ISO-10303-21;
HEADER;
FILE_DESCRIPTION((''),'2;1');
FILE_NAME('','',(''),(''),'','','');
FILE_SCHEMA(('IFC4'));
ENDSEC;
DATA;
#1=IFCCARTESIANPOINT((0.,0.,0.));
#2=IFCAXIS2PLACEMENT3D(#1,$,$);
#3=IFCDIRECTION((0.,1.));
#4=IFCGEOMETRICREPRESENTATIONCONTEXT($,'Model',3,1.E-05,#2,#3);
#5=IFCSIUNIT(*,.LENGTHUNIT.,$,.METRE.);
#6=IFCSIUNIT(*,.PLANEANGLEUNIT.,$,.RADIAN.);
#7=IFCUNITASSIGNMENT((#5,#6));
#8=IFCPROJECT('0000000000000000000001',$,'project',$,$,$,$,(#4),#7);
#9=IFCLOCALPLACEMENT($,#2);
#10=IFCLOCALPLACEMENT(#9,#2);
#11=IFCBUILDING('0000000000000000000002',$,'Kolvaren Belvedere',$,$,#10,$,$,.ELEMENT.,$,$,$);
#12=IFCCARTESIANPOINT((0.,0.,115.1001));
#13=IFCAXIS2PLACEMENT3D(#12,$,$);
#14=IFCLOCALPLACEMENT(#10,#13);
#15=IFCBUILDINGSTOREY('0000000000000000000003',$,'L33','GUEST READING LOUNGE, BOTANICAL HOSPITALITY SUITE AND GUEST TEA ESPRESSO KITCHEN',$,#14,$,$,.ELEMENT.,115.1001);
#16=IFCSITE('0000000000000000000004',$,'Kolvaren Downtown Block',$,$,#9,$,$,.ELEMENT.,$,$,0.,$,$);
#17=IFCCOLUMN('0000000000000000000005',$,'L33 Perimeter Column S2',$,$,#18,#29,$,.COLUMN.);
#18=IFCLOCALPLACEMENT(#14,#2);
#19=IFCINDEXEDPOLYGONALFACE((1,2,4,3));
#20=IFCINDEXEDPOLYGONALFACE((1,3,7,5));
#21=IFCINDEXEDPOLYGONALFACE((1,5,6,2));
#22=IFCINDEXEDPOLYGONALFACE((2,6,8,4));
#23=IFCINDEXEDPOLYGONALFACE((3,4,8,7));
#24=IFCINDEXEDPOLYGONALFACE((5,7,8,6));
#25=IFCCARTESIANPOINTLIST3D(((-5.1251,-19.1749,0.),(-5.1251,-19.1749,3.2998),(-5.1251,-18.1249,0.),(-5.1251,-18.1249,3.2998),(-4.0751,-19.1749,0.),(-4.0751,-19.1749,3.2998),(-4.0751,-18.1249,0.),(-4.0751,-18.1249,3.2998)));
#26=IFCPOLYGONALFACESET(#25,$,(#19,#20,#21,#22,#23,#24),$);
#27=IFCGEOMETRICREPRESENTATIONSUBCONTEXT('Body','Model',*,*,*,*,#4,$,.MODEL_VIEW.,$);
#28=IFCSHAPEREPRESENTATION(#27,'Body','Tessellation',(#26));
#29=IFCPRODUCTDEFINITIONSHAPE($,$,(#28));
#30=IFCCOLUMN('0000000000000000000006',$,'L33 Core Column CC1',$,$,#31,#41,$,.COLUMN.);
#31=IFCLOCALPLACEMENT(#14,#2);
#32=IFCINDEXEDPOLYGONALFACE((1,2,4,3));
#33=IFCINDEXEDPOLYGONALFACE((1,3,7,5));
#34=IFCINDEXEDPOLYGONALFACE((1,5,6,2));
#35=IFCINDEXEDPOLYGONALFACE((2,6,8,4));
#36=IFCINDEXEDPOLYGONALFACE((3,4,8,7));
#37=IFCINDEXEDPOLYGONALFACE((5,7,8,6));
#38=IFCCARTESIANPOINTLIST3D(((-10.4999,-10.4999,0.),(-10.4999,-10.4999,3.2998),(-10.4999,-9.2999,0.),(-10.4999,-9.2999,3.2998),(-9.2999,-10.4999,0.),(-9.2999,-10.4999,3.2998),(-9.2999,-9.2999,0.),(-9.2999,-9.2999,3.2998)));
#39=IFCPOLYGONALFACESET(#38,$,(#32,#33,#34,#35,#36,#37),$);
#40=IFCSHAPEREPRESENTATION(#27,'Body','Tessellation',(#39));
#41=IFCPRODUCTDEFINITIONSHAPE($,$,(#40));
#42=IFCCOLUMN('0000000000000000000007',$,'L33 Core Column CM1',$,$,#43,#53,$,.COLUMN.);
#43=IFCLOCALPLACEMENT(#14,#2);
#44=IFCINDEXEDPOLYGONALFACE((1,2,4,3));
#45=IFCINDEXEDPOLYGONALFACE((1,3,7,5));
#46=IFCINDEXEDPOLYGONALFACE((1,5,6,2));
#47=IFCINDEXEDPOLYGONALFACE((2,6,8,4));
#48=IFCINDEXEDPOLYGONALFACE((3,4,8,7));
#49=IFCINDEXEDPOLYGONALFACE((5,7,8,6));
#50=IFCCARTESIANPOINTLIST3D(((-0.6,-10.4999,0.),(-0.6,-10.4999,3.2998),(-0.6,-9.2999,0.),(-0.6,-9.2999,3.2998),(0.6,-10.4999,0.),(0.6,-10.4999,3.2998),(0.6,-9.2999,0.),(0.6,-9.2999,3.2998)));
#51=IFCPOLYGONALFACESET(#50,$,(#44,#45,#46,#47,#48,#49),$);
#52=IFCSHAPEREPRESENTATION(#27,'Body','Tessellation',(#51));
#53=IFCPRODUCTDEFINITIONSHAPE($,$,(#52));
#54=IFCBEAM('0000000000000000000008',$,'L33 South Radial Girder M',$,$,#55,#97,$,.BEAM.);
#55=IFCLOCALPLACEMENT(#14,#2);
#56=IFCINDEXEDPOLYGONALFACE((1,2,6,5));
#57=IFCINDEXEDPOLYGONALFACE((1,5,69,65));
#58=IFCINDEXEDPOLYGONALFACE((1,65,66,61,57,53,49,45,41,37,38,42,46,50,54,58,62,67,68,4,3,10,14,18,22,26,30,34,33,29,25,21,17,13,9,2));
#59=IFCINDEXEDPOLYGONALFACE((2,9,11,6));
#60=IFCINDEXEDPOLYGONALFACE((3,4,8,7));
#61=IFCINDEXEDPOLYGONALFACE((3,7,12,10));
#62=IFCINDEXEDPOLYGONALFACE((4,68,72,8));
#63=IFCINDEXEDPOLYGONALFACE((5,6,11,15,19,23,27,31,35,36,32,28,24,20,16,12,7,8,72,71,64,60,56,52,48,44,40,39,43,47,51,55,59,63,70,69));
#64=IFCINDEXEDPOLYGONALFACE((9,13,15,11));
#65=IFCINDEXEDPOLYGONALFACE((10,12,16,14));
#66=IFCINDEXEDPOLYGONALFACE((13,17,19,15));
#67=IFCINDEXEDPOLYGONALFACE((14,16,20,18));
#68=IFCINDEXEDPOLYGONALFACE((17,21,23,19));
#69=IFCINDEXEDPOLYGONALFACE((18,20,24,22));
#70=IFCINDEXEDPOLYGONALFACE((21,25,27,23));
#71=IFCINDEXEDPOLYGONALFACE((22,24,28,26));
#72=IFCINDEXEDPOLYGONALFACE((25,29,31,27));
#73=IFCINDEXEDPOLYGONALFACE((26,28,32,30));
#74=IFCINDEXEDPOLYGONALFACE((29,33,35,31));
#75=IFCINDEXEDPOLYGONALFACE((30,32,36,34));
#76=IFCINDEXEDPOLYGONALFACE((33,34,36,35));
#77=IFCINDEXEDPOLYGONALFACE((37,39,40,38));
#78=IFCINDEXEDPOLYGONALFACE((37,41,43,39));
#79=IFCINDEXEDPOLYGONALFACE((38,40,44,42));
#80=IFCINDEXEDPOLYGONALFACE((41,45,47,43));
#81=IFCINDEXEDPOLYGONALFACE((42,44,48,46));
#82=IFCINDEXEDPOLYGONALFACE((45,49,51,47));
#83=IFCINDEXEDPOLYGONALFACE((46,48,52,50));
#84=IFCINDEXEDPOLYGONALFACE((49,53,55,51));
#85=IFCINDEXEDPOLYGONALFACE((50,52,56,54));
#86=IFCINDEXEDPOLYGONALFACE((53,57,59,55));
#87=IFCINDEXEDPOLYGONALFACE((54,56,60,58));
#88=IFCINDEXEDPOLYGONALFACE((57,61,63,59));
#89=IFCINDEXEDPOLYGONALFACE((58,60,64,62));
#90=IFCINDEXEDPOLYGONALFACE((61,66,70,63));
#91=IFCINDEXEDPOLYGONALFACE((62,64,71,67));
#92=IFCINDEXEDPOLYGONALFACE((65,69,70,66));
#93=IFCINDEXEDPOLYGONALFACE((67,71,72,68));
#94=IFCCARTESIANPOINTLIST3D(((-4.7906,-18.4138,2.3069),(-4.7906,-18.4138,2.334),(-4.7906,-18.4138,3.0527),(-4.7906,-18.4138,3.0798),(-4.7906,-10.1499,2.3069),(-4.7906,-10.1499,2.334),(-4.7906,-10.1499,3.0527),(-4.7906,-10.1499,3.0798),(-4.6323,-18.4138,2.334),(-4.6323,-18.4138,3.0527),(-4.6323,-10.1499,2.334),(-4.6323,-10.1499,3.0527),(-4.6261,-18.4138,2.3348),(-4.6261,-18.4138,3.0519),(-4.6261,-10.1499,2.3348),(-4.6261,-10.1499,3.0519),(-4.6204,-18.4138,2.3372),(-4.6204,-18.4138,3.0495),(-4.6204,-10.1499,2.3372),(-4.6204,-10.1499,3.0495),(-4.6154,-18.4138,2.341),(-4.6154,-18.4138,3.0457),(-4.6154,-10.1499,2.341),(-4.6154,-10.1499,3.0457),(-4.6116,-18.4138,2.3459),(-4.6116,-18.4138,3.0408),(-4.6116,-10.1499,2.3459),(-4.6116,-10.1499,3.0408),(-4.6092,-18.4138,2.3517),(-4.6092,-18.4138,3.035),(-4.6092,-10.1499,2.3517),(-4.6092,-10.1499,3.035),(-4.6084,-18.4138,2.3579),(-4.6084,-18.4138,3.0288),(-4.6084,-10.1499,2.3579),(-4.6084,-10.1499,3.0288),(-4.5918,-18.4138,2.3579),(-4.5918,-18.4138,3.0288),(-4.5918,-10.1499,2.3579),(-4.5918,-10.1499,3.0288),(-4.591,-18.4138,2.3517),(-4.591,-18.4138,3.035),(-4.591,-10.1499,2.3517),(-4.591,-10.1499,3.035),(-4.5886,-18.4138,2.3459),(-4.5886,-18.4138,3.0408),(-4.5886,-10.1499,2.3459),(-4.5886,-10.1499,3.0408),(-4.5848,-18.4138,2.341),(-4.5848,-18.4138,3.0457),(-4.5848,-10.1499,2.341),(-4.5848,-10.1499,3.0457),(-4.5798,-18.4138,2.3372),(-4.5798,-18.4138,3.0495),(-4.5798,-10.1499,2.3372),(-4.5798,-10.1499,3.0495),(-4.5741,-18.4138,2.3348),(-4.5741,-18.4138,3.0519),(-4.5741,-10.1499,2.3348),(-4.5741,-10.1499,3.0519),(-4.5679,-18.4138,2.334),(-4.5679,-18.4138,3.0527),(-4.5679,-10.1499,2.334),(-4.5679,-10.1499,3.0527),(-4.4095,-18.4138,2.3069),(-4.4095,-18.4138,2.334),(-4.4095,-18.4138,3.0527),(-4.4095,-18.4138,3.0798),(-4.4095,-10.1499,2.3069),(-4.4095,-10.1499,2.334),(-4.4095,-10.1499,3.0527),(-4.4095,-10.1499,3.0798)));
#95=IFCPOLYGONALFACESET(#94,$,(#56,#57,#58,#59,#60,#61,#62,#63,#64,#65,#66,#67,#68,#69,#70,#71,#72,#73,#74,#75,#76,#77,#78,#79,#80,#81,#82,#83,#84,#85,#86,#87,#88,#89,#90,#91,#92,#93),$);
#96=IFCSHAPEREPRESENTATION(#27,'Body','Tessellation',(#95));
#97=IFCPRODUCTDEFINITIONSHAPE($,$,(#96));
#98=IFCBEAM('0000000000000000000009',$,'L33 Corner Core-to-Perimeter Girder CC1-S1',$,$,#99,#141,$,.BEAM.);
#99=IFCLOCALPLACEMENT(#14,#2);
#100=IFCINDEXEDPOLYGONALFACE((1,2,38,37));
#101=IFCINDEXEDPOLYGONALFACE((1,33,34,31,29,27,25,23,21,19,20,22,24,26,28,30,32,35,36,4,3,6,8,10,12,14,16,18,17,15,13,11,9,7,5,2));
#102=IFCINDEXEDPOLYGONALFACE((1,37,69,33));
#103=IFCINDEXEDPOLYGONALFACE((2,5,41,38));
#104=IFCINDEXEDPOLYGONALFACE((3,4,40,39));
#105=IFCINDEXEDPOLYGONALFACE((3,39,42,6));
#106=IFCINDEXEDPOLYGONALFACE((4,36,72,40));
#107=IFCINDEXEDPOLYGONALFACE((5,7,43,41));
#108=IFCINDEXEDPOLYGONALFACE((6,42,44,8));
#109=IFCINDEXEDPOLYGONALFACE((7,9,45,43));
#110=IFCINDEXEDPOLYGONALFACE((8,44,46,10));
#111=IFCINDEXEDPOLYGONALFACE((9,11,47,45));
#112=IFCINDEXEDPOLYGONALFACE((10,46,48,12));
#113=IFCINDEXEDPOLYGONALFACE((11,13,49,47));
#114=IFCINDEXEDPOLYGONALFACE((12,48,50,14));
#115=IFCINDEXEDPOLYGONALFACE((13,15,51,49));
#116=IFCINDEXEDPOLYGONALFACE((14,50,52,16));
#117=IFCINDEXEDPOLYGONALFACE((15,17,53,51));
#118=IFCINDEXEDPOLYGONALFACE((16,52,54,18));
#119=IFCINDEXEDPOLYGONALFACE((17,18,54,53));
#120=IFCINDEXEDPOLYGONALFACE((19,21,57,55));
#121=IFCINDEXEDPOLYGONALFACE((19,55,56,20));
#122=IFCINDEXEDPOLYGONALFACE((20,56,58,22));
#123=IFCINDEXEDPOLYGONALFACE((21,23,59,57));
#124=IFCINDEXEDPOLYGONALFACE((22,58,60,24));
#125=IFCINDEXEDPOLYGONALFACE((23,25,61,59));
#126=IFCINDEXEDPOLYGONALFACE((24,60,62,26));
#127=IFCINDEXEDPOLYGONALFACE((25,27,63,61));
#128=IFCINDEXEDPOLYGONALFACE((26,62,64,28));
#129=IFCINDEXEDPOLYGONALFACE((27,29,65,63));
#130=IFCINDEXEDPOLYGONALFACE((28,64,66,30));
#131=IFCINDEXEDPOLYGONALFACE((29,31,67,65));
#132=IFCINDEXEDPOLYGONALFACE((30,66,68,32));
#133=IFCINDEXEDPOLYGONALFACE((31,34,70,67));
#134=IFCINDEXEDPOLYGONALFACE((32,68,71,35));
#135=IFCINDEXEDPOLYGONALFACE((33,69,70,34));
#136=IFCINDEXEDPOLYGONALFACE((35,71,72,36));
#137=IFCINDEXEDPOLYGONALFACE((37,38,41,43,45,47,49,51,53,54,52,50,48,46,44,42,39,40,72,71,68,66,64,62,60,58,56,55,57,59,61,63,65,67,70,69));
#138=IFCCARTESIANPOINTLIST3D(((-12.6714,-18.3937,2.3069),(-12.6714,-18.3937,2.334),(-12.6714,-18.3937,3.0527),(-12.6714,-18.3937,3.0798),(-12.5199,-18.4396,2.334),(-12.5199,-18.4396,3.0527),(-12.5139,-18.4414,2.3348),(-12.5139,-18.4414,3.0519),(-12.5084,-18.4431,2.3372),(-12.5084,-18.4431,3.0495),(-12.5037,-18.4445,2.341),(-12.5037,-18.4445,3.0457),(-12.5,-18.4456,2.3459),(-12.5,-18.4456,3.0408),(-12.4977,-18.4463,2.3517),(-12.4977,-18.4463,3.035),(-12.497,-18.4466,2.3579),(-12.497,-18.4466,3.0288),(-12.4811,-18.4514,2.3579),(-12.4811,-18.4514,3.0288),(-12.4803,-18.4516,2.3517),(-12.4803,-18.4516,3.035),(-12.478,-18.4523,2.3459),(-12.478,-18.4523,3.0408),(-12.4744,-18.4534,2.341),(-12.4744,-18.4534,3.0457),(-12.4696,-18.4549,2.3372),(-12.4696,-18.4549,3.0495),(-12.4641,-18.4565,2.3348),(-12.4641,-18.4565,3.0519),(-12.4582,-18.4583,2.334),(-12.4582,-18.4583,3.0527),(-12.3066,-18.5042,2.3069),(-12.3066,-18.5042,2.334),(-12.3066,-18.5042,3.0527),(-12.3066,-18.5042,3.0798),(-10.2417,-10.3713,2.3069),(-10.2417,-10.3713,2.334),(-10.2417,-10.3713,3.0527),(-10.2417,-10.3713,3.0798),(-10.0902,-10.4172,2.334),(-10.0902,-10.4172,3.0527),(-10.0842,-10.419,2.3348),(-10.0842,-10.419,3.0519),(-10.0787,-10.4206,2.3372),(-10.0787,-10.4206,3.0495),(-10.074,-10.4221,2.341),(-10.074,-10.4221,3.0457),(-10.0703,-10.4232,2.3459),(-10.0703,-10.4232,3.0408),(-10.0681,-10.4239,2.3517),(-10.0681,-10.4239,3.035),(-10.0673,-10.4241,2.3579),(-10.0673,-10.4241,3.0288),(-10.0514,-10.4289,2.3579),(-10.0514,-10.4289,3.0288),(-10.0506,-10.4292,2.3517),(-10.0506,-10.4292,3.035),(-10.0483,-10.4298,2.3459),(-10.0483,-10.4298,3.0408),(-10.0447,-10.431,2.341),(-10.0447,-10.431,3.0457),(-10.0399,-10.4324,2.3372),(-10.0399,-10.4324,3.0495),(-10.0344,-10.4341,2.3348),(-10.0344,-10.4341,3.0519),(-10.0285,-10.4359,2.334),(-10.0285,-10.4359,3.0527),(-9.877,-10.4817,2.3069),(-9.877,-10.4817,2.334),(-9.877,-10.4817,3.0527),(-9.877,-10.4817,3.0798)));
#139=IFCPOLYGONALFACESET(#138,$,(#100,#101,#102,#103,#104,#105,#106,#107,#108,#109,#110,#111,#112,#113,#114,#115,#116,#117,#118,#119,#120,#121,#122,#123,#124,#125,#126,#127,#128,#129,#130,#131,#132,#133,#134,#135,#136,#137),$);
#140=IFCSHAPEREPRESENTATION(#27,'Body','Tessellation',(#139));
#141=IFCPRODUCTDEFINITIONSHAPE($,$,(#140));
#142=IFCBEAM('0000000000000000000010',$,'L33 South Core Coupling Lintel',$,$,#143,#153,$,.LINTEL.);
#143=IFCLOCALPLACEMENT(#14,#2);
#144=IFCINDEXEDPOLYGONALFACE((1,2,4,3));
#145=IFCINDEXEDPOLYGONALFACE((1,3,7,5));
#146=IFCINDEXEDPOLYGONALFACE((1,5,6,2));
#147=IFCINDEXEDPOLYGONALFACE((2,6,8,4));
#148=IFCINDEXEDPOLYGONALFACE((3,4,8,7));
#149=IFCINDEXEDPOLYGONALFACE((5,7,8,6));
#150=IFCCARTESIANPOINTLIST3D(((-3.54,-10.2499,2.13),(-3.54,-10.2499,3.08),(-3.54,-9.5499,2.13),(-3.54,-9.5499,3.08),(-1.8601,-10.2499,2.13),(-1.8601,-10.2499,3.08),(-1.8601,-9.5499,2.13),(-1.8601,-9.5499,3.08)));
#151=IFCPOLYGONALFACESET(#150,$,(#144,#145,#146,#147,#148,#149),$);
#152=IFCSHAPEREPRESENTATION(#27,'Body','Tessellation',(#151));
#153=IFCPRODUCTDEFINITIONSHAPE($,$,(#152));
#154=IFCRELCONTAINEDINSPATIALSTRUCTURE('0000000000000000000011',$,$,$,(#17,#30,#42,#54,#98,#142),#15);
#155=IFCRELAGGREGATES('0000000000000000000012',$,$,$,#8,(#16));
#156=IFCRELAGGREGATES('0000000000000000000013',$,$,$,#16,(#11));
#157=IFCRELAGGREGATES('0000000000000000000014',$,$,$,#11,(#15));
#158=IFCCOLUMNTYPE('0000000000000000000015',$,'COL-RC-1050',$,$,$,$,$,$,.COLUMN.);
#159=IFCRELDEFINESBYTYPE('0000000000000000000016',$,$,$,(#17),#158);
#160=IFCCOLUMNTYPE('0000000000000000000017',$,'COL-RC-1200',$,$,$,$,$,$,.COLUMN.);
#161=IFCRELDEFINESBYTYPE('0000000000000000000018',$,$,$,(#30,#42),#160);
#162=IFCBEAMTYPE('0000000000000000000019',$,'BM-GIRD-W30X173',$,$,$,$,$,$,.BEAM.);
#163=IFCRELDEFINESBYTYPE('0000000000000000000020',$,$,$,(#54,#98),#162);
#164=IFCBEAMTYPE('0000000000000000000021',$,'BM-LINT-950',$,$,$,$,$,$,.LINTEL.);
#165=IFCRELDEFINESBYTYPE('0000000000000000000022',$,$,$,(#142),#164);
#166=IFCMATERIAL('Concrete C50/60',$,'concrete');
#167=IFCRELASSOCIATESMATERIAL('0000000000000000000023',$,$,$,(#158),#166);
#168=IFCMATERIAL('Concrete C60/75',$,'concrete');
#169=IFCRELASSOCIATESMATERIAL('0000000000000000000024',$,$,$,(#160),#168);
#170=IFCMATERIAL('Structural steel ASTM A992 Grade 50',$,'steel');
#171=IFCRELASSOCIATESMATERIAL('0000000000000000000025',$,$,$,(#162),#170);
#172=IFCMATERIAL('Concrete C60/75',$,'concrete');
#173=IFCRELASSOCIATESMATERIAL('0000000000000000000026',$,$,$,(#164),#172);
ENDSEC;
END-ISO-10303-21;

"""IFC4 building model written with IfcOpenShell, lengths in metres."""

from ifc_helpers import new_model, si_unit, direction, frame, origin, origin_2d, place, context, subcontext, project, spatial, rectangle, i_section, extrude, material, material_profile, profile_set, type_object, element, save


model = new_model("IFC4")

# Units and contexts
model_context = context("Model", 3, precision=1e-05, world=origin(), true_north=direction((0.0, 1.0)))
body_context = subcontext(model_context, "Body", "Model", "MODEL_VIEW")
ifc_project = project(units=[si_unit("LENGTHUNIT", "METRE"), si_unit("PLANEANGLEUNIT", "RADIAN")], contexts=[model_context])

# Site, building, storey
site_placement = place(None, origin())
site = spatial("IfcSite", under=ifc_project, at=site_placement, Name="Kolvaren Downtown Block", CompositionType="ELEMENT", RefElevation=0.0)
building_placement = place(site_placement, origin())
building = spatial("IfcBuilding", under=site, at=building_placement, Name="Kolvaren Belvedere", CompositionType="ELEMENT")
storey_placement = place(building_placement, frame((0.0, 0.0, 115.1001)))
storey = spatial("IfcBuildingStorey", under=building, at=storey_placement, Name="L33", Description="GUEST READING LOUNGE, BOTANICAL HOSPITALITY SUITE AND GUEST TEA ESPRESSO KITCHEN", CompositionType="ELEMENT", Elevation=115.1001)

# Columns
ifc_material_1 = material(Name="Concrete C50/60", Category="concrete")
ifc_material_profile_1 = material_profile(ifc_material_1, rectangle(XDim=1.05, YDim=1.05, at=origin_2d()), Name="RC 1050X1050")
ifc_profile_set_1 = profile_set([ifc_material_profile_1], Name="Concrete C50/60")
column_type_1 = type_object("IfcColumnType", Name="COL-RC-1050", PredefinedType="COLUMN", material=ifc_profile_set_1)
column_placement = place(storey_placement, frame((-4.6001, -18.6499, 0.0), z_axis=(0.0, 0.0, 1.0), x_axis=(1.0, 0.0, 0.0)))
element("IfcColumn", 1, at=column_placement, inside=storey, type_object=column_type_1, Name="L33 Perimeter Column S2", PredefinedType="COLUMN", context=body_context, shape_type="SweptSolid", body=[
    extrude(rectangle(XDim=1.05, YDim=1.05, at=origin_2d()), origin(), (0.0, 0.0, 1.0), 3.2998),
])
ifc_material_2 = material(Name="Concrete C60/75", Category="concrete")
ifc_material_profile_2 = material_profile(ifc_material_2, rectangle(XDim=1.2, YDim=1.2, at=origin_2d()), Name="RC 1200X1200")
ifc_profile_set_2 = profile_set([ifc_material_profile_2], Name="Concrete C60/75")
column_type_2 = type_object("IfcColumnType", Name="COL-RC-1200", PredefinedType="COLUMN", material=ifc_profile_set_2)
for number, where, z_axis, x_axis, name in (
    (2, (-9.8999, -9.8999, 0.0), (0.0, 0.0, 1.0), (1.0, 0.0, 0.0), "L33 Core Column CC1"),
    (3, (0.0, -9.8999, 0.0), (0.0, 0.0, 1.0), (1.0, 0.0, 0.0), "L33 Core Column CM1"),
):
    element("IfcColumn", number, at=place(storey_placement, frame(where, z_axis=z_axis, x_axis=x_axis)), inside=storey, type_object=column_type_2, Name=name, PredefinedType="COLUMN", context=body_context, shape_type="SweptSolid", body=[
        extrude(rectangle(XDim=1.2, YDim=1.2, at=origin_2d()), origin(), (0.0, 0.0, 1.0), 3.2998),
    ])

# Beams
ifc_material_3 = material(Name="Structural steel ASTM A992 Grade 50", Category="steel")
ifc_material_profile_3 = material_profile(ifc_material_3, i_section(OverallWidth=0.3811, OverallDepth=0.7729, WebThickness=0.0166, FlangeThickness=0.0271, FilletRadius=0.0239, at=origin_2d()), Name="W30X173")
ifc_profile_set_3 = profile_set([ifc_material_profile_3], Name="Structural steel ASTM A992 Grade 50")
beam_type_1 = type_object("IfcBeamType", Name="BM-GIRD-W30X173", PredefinedType="BEAM", material=ifc_profile_set_3)
beam_1_placement = place(storey_placement, frame((-4.6001, -10.1499, 2.6934), z_axis=(0.0, -1.0, 0.0), x_axis=(1.0, 0.0, 0.0)))
element("IfcBeam", 4, at=beam_1_placement, inside=storey, type_object=beam_type_1, Name="L33 South Radial Girder M", PredefinedType="BEAM", context=body_context, shape_type="SweptSolid", body=[
    extrude(i_section(OverallWidth=0.3811, OverallDepth=0.7729, WebThickness=0.0166, FlangeThickness=0.0271, FilletRadius=0.0239, at=origin_2d()), origin(), (0.0, 0.0, 1.0), 8.2639),
])
beam_2_placement = place(storey_placement, frame((-10.0593, -10.4265, 2.6934), z_axis=(-0.289859, -0.957069, 0.0), x_axis=(0.957069, -0.289859, 0.0)))
element("IfcBeam", 5, at=beam_2_placement, inside=storey, type_object=beam_type_1, Name="L33 Corner Core-to-Perimeter Girder CC1-S1", PredefinedType="BEAM", context=body_context, shape_type="SweptSolid", body=[
    extrude(i_section(OverallWidth=0.3811, OverallDepth=0.7729, WebThickness=0.0166, FlangeThickness=0.0271, FilletRadius=0.0239, at=origin_2d()), origin(), (0.0, 0.0, 1.0), 8.3823),
])
ifc_material_4 = material(Name="Concrete C60/75", Category="concrete")
ifc_material_profile_4 = material_profile(ifc_material_4, rectangle(XDim=0.7, YDim=0.95, at=origin_2d()), Name="RC 700X950")
ifc_profile_set_4 = profile_set([ifc_material_profile_4], Name="Concrete C60/75")
beam_type_2 = type_object("IfcBeamType", Name="BM-LINT-950", PredefinedType="LINTEL", material=ifc_profile_set_4)
beam_3_placement = place(storey_placement, frame((-3.54, -9.8999, 2.605), z_axis=(1.0, 0.0, 0.0), x_axis=(0.0, 1.0, 0.0)))
element("IfcBeam", 6, at=beam_3_placement, inside=storey, type_object=beam_type_2, Name="L33 South Core Coupling Lintel", PredefinedType="LINTEL", context=body_context, shape_type="SweptSolid", body=[
    extrude(rectangle(XDim=0.7, YDim=0.95, at=origin_2d()), origin(), (0.0, 0.0, 1.0), 1.6799),
])

save(model, "model.ifc")
